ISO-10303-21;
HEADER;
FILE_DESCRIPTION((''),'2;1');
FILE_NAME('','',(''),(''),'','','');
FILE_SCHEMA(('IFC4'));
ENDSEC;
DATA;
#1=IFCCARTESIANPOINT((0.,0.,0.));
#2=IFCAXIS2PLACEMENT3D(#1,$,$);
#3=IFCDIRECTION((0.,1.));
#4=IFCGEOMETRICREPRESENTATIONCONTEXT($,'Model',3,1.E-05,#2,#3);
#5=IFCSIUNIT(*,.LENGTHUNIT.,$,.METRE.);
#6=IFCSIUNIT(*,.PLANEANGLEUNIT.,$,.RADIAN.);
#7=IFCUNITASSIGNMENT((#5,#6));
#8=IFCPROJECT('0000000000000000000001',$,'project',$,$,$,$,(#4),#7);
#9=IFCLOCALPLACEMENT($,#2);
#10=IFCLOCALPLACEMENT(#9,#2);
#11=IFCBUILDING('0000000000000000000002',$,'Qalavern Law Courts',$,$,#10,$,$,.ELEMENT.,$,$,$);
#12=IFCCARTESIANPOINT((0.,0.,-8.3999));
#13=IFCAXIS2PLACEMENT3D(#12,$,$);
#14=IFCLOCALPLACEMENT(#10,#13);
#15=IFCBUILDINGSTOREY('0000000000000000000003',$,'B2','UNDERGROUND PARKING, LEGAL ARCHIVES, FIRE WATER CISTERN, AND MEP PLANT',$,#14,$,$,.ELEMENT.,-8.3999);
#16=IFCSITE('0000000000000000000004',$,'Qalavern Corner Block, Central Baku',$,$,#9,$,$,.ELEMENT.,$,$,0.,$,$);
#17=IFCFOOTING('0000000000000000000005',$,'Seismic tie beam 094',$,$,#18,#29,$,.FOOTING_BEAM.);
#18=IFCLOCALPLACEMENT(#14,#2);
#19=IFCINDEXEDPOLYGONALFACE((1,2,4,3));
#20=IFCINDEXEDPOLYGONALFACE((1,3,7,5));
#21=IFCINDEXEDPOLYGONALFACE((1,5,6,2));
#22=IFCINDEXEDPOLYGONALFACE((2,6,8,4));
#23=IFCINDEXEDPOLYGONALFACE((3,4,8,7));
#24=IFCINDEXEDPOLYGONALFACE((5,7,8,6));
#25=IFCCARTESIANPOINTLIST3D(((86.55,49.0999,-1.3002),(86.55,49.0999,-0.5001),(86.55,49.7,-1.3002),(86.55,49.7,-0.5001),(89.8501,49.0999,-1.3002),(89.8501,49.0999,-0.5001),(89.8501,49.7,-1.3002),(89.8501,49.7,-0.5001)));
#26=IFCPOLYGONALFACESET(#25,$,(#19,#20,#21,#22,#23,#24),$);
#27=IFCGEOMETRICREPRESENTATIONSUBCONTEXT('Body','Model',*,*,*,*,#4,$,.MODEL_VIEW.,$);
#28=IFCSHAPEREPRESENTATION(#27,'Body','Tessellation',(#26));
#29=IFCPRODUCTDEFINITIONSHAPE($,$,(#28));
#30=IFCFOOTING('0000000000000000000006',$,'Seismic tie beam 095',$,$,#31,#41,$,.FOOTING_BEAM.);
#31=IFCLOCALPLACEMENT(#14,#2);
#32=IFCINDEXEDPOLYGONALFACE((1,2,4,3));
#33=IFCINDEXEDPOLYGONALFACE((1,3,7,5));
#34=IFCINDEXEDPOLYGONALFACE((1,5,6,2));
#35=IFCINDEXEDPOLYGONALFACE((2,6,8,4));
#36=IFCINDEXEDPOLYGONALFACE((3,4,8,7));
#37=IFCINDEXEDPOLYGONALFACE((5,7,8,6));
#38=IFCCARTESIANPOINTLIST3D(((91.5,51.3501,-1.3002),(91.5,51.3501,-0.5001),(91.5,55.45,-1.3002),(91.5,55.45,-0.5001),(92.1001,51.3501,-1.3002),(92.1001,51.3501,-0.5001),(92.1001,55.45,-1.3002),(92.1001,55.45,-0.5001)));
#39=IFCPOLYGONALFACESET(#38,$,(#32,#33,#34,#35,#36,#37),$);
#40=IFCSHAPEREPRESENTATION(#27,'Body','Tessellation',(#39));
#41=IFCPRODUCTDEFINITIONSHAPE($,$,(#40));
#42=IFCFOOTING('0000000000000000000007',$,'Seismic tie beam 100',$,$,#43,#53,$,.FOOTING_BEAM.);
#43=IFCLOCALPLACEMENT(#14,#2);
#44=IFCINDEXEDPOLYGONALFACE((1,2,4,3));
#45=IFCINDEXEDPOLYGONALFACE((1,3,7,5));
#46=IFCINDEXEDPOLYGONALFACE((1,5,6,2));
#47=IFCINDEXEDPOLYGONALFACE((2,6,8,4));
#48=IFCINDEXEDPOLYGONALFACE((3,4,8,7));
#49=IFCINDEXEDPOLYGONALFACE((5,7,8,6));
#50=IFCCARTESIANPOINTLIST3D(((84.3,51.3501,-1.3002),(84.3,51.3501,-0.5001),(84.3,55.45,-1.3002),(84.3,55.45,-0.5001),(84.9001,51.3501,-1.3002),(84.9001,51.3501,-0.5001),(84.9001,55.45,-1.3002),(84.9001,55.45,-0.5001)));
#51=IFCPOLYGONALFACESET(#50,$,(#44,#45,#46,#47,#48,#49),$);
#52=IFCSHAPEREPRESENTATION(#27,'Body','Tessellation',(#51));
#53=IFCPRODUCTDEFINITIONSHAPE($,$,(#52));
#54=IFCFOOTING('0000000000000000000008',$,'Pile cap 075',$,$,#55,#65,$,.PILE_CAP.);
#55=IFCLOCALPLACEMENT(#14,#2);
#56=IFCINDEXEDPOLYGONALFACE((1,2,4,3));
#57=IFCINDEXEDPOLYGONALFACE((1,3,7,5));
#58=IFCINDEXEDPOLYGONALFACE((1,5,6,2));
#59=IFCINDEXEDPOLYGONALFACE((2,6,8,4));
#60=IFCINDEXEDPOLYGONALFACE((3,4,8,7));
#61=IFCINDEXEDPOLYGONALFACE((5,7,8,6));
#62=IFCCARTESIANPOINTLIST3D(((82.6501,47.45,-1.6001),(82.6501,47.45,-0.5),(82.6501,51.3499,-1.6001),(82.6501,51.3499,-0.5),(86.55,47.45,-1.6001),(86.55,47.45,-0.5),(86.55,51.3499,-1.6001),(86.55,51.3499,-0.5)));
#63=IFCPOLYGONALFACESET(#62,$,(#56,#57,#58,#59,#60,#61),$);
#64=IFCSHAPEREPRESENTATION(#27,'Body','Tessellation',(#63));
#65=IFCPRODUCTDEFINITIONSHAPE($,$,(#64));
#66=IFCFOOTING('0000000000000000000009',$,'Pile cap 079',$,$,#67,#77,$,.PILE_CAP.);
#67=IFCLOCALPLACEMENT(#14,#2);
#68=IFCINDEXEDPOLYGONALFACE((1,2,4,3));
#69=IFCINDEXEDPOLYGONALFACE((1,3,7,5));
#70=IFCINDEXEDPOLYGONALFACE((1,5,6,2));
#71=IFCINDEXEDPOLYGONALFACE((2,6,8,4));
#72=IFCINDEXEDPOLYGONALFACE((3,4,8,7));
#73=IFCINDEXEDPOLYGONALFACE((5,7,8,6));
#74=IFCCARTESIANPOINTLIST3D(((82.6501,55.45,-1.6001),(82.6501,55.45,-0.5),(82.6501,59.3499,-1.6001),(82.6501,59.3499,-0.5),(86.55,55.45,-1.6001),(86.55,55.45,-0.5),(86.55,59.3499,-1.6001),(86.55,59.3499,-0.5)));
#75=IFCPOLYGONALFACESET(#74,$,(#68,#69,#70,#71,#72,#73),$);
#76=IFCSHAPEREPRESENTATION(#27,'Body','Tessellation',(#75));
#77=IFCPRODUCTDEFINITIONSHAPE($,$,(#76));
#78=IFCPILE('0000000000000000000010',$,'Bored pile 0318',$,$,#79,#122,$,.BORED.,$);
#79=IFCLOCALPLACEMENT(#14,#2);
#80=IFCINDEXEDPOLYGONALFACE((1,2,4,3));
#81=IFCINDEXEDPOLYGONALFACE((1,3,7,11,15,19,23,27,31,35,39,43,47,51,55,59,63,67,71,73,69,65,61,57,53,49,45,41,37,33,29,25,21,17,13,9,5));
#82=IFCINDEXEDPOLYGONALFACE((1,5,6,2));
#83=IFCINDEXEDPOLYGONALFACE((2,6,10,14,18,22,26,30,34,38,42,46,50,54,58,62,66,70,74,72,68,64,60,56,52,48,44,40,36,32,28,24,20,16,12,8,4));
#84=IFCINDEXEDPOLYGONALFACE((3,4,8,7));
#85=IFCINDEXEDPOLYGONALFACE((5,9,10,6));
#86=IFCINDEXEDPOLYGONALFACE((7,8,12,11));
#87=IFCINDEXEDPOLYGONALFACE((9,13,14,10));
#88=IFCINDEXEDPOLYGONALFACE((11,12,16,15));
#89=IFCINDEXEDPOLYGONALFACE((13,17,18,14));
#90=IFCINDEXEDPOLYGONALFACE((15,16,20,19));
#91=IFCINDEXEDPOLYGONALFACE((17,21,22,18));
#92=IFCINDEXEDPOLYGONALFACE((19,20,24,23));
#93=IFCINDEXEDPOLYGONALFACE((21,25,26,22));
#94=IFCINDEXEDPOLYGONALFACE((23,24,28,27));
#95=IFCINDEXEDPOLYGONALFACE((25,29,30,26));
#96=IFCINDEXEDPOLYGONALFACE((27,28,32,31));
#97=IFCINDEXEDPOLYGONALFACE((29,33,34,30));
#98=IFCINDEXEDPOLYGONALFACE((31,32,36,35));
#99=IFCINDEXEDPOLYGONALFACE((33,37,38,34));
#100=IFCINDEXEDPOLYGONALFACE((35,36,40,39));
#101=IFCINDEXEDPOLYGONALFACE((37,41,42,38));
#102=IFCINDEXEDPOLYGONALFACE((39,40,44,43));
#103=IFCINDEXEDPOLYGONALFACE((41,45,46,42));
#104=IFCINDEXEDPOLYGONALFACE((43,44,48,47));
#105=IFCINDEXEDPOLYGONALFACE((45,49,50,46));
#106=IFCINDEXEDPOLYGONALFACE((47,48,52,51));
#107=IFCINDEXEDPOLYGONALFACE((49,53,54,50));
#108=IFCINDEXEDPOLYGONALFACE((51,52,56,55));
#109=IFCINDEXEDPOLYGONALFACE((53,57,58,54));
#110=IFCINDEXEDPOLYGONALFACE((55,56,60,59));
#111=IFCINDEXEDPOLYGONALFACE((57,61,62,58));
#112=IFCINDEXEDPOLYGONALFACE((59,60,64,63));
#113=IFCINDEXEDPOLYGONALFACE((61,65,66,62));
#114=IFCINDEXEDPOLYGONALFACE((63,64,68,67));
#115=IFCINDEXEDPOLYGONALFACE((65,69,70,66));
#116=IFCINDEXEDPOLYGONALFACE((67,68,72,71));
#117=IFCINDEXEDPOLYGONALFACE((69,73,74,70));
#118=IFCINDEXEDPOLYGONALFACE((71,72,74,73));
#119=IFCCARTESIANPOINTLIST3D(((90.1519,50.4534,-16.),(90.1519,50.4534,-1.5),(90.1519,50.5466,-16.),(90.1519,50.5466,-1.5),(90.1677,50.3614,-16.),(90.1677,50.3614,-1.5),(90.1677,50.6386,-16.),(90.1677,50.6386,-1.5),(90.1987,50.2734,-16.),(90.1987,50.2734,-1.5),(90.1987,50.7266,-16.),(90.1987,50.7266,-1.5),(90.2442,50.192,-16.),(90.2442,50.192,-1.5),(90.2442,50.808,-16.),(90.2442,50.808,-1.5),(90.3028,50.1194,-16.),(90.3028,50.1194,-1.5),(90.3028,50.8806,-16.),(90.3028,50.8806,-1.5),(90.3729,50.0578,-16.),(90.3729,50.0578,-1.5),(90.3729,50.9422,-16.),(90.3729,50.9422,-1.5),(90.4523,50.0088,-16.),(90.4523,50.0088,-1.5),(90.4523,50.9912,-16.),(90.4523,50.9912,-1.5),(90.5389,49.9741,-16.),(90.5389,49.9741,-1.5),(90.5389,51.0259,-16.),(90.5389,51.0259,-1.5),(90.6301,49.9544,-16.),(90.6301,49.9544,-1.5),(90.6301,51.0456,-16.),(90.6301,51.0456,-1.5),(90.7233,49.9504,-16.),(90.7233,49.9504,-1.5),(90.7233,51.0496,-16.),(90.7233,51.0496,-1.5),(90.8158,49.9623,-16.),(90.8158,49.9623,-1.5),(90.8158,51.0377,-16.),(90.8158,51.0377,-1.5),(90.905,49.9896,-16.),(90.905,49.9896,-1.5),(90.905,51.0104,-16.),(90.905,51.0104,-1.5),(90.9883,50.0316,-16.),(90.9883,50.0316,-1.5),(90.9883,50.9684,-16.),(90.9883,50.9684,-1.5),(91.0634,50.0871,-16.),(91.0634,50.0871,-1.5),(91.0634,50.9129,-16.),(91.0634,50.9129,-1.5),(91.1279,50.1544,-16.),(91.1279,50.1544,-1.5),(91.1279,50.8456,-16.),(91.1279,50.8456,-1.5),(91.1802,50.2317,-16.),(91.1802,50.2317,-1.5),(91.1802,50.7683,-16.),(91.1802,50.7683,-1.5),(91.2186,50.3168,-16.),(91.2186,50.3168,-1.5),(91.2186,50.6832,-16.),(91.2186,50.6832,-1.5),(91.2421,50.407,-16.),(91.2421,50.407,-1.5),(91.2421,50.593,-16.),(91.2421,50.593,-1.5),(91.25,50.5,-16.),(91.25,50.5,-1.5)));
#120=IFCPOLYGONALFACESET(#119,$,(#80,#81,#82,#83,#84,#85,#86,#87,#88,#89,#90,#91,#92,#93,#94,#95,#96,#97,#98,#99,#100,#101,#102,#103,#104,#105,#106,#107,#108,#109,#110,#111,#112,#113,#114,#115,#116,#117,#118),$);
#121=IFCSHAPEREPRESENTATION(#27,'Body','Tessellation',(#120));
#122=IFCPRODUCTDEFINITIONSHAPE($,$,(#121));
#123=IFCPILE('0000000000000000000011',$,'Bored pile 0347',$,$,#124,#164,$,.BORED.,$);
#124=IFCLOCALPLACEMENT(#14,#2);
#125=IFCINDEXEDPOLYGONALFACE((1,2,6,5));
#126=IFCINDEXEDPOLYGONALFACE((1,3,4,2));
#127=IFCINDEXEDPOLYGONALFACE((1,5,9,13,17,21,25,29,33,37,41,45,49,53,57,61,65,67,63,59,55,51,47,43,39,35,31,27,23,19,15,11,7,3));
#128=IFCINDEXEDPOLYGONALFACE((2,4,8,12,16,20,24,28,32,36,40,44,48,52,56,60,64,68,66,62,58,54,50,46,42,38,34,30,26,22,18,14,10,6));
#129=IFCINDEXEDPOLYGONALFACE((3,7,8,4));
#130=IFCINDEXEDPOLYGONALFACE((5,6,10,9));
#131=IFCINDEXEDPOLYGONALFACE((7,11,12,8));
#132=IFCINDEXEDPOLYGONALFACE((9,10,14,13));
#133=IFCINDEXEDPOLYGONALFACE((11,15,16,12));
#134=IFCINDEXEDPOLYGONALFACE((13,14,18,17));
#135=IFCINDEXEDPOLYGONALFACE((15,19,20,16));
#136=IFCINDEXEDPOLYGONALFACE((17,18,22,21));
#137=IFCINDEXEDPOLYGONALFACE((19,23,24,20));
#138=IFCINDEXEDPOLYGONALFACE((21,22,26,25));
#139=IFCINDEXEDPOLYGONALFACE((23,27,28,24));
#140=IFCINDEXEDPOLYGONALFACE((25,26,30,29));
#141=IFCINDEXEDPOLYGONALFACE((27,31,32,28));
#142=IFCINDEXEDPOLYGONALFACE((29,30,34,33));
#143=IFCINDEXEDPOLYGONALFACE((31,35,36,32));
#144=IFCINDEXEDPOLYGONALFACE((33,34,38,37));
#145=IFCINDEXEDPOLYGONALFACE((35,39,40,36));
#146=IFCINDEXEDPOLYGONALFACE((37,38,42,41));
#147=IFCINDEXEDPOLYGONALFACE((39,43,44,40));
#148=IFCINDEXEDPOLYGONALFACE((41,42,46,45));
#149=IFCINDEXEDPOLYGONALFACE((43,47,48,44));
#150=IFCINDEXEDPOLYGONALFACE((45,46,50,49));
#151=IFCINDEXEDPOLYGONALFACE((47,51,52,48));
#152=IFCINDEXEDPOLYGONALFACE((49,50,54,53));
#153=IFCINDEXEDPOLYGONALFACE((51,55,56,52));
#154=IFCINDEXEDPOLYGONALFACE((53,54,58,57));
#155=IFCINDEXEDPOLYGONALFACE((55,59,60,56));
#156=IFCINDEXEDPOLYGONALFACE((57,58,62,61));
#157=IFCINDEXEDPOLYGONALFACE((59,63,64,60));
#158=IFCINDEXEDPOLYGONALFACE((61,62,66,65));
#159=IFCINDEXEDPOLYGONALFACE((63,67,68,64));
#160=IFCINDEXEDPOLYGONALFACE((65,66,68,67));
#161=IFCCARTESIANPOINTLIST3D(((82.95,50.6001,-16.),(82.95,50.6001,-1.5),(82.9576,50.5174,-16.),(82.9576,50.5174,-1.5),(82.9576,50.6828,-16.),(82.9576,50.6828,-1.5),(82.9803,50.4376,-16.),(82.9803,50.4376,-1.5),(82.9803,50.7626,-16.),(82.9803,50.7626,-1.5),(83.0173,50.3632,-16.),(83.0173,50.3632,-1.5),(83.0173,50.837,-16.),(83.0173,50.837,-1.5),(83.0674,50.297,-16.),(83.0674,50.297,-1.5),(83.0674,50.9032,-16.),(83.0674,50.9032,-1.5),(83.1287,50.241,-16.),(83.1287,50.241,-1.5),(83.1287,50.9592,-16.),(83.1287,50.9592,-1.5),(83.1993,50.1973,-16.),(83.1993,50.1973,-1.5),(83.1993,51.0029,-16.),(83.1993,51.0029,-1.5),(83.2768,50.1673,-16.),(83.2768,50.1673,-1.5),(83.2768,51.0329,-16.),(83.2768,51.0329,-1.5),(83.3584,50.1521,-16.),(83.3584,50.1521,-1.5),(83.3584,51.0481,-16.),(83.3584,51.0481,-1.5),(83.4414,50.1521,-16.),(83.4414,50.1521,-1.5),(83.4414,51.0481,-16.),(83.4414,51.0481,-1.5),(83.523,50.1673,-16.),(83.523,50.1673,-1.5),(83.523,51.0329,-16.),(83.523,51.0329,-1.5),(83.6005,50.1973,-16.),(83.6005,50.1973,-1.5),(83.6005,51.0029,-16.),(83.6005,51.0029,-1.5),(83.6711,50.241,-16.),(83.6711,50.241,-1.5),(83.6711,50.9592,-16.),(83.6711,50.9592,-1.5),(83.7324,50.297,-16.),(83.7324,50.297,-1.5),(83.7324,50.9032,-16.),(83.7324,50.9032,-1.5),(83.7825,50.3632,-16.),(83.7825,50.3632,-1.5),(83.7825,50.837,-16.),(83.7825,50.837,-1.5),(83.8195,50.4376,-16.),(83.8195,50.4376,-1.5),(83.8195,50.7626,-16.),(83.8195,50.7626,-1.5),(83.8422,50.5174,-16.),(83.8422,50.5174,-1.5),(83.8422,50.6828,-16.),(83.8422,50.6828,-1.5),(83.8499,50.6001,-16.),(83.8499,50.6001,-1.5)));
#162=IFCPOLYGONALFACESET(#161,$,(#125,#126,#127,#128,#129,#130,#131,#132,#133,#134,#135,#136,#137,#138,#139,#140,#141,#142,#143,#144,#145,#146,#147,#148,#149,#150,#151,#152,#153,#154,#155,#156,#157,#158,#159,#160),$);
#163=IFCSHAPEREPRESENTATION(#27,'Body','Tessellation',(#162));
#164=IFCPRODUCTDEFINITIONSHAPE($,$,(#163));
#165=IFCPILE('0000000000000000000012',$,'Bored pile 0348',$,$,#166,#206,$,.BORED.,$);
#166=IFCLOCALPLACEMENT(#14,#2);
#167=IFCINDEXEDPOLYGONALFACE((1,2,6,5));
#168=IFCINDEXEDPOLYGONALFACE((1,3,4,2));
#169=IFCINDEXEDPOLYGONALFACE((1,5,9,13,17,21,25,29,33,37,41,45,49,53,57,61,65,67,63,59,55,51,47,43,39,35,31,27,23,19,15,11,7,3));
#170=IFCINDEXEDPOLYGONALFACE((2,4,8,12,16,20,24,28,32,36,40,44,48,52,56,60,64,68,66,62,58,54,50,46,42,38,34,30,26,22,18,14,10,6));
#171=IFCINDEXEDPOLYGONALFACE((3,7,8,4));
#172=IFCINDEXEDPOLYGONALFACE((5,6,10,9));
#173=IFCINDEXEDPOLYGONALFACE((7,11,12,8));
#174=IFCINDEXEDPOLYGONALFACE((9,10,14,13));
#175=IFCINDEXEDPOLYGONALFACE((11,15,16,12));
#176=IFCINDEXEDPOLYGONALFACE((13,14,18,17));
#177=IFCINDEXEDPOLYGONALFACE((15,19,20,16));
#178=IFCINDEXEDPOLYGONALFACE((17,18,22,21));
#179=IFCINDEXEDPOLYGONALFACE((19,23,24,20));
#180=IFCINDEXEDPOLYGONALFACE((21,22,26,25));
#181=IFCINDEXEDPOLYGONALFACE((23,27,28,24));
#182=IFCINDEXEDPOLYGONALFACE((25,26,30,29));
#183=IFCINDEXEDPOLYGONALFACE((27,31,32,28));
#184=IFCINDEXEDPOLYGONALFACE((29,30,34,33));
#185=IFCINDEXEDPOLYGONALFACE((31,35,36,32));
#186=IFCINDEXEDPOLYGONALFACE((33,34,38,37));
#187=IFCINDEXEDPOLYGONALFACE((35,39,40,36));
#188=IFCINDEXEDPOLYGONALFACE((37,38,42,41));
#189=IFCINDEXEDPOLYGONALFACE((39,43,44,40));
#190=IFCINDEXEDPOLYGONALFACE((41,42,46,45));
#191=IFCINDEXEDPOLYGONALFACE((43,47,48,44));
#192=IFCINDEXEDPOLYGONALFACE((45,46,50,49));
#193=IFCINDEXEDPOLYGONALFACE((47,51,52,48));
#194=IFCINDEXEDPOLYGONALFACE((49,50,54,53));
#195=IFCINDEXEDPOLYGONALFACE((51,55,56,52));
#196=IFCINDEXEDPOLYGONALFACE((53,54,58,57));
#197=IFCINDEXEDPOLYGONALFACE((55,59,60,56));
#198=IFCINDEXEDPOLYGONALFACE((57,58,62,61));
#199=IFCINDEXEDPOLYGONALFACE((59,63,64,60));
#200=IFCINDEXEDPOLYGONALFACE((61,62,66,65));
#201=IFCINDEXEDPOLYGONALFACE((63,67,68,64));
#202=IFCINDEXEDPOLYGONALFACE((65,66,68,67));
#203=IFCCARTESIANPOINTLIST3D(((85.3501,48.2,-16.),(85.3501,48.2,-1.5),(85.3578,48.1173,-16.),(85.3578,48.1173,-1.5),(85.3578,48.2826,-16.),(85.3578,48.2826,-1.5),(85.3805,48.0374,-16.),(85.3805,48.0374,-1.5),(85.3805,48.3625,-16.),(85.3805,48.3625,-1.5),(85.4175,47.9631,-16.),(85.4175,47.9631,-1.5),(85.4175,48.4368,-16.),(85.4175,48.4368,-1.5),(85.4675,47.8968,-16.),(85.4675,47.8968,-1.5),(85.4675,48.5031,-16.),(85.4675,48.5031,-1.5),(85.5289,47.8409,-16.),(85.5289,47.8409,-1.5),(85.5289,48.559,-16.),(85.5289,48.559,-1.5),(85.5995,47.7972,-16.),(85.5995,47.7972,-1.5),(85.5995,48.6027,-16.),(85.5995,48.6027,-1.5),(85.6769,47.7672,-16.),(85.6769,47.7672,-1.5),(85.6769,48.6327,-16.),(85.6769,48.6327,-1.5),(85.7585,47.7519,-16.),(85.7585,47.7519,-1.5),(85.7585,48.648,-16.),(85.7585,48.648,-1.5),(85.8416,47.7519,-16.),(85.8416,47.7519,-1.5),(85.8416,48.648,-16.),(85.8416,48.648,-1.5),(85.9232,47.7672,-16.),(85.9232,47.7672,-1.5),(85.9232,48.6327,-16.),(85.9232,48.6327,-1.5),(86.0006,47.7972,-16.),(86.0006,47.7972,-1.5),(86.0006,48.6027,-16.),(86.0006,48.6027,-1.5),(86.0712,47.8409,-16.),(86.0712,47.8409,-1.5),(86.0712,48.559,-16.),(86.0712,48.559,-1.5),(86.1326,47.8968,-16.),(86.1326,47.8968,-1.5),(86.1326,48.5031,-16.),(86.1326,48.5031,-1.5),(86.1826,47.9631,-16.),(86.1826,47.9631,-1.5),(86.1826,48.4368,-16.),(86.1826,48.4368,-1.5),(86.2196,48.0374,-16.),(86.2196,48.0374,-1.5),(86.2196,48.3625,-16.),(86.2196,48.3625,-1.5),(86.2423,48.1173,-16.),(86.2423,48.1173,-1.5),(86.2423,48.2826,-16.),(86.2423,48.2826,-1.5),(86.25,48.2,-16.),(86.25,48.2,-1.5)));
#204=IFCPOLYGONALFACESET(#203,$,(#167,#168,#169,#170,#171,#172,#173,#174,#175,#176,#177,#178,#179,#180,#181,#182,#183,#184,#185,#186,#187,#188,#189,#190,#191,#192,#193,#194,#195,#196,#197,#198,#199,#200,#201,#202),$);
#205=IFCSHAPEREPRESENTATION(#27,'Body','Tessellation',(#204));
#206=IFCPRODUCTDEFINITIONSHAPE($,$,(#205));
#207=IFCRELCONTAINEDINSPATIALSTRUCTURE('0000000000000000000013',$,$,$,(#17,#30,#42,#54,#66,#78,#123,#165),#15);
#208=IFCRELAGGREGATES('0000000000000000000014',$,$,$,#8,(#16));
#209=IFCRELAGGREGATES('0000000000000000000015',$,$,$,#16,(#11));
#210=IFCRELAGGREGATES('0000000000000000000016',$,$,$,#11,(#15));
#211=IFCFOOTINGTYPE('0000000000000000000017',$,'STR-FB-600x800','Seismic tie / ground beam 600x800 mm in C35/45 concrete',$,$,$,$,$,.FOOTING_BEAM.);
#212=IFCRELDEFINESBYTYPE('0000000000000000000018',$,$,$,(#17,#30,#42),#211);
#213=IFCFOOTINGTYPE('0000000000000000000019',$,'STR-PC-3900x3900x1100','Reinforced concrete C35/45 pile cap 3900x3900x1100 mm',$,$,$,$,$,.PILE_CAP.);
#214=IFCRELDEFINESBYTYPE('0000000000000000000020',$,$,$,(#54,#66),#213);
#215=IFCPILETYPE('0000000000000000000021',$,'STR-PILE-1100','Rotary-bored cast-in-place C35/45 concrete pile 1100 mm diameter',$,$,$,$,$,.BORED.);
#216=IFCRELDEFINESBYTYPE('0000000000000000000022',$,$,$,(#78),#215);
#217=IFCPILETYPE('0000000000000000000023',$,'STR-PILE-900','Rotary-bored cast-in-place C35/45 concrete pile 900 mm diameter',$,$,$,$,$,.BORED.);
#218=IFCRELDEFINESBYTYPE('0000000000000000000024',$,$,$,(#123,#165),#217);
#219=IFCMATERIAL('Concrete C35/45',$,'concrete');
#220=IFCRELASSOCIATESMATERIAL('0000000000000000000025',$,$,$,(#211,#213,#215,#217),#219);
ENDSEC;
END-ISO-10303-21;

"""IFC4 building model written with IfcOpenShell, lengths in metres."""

from ifc_helpers import new_model, si_unit, direction, frame, origin, origin_2d, place, context, subcontext, project, spatial, rectangle, circle, extrude, material, material_profile, profile_set, type_object, element, save


model = new_model("IFC4")

# Units and contexts
model_context = context("Model", 3, precision=1e-05, world=origin(), true_north=direction((0.0, 1.0)))
body_context = subcontext(model_context, "Body", "Model", "MODEL_VIEW")
ifc_project = project(units=[si_unit("LENGTHUNIT", "METRE"), si_unit("PLANEANGLEUNIT", "RADIAN")], contexts=[model_context])

# Site, building, storey
site_placement = place(None, origin())
site = spatial("IfcSite", under=ifc_project, at=site_placement, Name="Qalavern Corner Block, Central Baku", CompositionType="ELEMENT", RefElevation=0.0)
building_placement = place(site_placement, origin())
building = spatial("IfcBuilding", under=site, at=building_placement, Name="Qalavern Law Courts", CompositionType="ELEMENT")
storey_placement = place(building_placement, frame((0.0, 0.0, -8.3999)))
storey = spatial("IfcBuildingStorey", under=building, at=storey_placement, Name="B2", Description="UNDERGROUND PARKING, LEGAL ARCHIVES, FIRE WATER CISTERN, AND MEP PLANT", CompositionType="ELEMENT", Elevation=-8.3999)

# Footings
ifc_material_1 = material(Name="Concrete C35/45", Category="concrete")
ifc_material_profile_1 = material_profile(ifc_material_1, rectangle(XDim=0.6001, YDim=0.8, at=origin_2d()), Name="RC 600x800")
ifc_profile_set_1 = profile_set([ifc_material_profile_1], Name="Concrete C35/45")
footing_type_1 = type_object("IfcFootingType", Name="STR-FB-600x800", Description="Seismic tie / ground beam 600x800 mm in C35/45 concrete", PredefinedType="FOOTING_BEAM", material=ifc_profile_set_1)
footing_placement = place(storey_placement, frame((86.55, 49.3999, -0.9001), z_axis=(1.0, 0.0, 0.0), x_axis=(0.0, 1.0, 0.0)))
element("IfcFooting", 1, at=footing_placement, inside=storey, type_object=footing_type_1, Name="Seismic tie beam 094", PredefinedType="FOOTING_BEAM", context=body_context, shape_type="SweptSolid", body=[
    extrude(rectangle(XDim=0.6001, YDim=0.8, at=origin_2d()), origin(), (0.0, 0.0, 1.0), 3.3),
])
for number, where, z_axis, x_axis, name in (
    (2, (91.8, 51.3501, -0.9001), (0.0, 1.0, 0.0), (-1.0, 0.0, 0.0), "Seismic tie beam 095"),
    (3, (84.6001, 51.3501, -0.9001), (0.0, 1.0, 0.0), (-1.0, 0.0, 0.0), "Seismic tie beam 100"),
):
    element("IfcFooting", number, at=place(storey_placement, frame(where, z_axis=z_axis, x_axis=x_axis)), inside=storey, type_object=footing_type_1, Name=name, PredefinedType="FOOTING_BEAM", context=body_context, shape_type="SweptSolid", body=[
        extrude(rectangle(XDim=0.6001, YDim=0.8, at=origin_2d()), origin(), (0.0, 0.0, 1.0), 4.0999),
    ])
footing_type_2 = type_object("IfcFootingType", Name="STR-PC-3900x3900x1100", Description="Reinforced concrete C35/45 pile cap 3900x3900x1100 mm", PredefinedType="PILE_CAP", material=ifc_material_1)
for number, where, z_axis, x_axis, name in (
    (4, (84.6001, 49.3999, -1.6001), (0.0, 0.0, 1.0), (1.0, 0.0, 0.0), "Pile cap 075"),
    (5, (84.6001, 57.3999, -1.6001), (0.0, 0.0, 1.0), (1.0, 0.0, 0.0), "Pile cap 079"),
):
    element("IfcFooting", number, at=place(storey_placement, frame(where, z_axis=z_axis, x_axis=x_axis)), inside=storey, type_object=footing_type_2, Name=name, PredefinedType="PILE_CAP", context=body_context, shape_type="SweptSolid", body=[
        extrude(rectangle(XDim=3.8999, YDim=3.8999, at=origin_2d()), origin(), (0.0, 0.0, 1.0), 1.1001),
    ])

# Piles
ifc_material_profile_2 = material_profile(ifc_material_1, circle(Radius=0.55, at=origin_2d()), Name="BORED PILE 1100")
ifc_profile_set_2 = profile_set([ifc_material_profile_2], Name="Concrete C35/45")
pile_type_1 = type_object("IfcPileType", Name="STR-PILE-1100", Description="Rotary-bored cast-in-place C35/45 concrete pile 1100 mm diameter", PredefinedType="BORED", material=ifc_profile_set_2)
pile_placement = place(storey_placement, frame((90.7, 50.5, -1.5), z_axis=(0.0, 0.0, -1.0), x_axis=(1.0, 0.0, 0.0)))
element("IfcPile", 6, at=pile_placement, inside=storey, type_object=pile_type_1, Name="Bored pile 0318", PredefinedType="BORED", context=body_context, shape_type="SweptSolid", body=[
    extrude(circle(Radius=0.55, at=origin_2d()), origin(), (0.0, 0.0, 1.0), 14.5),
])
ifc_material_profile_3 = material_profile(ifc_material_1, circle(Radius=0.45, at=origin_2d()), Name="BORED PILE 900")
ifc_profile_set_3 = profile_set([ifc_material_profile_3], Name="Concrete C35/45")
pile_type_2 = type_object("IfcPileType", Name="STR-PILE-900", Description="Rotary-bored cast-in-place C35/45 concrete pile 900 mm diameter", PredefinedType="BORED", material=ifc_profile_set_3)
for number, where, z_axis, x_axis, name in (
    (7, (83.3999, 50.6001, -1.5), (0.0, 0.0, -1.0), (1.0, 0.0, 0.0), "Bored pile 0347"),
    (8, (85.8, 48.2, -1.5), (0.0, 0.0, -1.0), (1.0, 0.0, 0.0), "Bored pile 0348"),
):
    element("IfcPile", number, at=place(storey_placement, frame(where, z_axis=z_axis, x_axis=x_axis)), inside=storey, type_object=pile_type_2, Name=name, PredefinedType="BORED", context=body_context, shape_type="SweptSolid", body=[
        extrude(circle(Radius=0.45, at=origin_2d()), origin(), (0.0, 0.0, 1.0), 14.5),
    ])

save(model, "model.ifc")
